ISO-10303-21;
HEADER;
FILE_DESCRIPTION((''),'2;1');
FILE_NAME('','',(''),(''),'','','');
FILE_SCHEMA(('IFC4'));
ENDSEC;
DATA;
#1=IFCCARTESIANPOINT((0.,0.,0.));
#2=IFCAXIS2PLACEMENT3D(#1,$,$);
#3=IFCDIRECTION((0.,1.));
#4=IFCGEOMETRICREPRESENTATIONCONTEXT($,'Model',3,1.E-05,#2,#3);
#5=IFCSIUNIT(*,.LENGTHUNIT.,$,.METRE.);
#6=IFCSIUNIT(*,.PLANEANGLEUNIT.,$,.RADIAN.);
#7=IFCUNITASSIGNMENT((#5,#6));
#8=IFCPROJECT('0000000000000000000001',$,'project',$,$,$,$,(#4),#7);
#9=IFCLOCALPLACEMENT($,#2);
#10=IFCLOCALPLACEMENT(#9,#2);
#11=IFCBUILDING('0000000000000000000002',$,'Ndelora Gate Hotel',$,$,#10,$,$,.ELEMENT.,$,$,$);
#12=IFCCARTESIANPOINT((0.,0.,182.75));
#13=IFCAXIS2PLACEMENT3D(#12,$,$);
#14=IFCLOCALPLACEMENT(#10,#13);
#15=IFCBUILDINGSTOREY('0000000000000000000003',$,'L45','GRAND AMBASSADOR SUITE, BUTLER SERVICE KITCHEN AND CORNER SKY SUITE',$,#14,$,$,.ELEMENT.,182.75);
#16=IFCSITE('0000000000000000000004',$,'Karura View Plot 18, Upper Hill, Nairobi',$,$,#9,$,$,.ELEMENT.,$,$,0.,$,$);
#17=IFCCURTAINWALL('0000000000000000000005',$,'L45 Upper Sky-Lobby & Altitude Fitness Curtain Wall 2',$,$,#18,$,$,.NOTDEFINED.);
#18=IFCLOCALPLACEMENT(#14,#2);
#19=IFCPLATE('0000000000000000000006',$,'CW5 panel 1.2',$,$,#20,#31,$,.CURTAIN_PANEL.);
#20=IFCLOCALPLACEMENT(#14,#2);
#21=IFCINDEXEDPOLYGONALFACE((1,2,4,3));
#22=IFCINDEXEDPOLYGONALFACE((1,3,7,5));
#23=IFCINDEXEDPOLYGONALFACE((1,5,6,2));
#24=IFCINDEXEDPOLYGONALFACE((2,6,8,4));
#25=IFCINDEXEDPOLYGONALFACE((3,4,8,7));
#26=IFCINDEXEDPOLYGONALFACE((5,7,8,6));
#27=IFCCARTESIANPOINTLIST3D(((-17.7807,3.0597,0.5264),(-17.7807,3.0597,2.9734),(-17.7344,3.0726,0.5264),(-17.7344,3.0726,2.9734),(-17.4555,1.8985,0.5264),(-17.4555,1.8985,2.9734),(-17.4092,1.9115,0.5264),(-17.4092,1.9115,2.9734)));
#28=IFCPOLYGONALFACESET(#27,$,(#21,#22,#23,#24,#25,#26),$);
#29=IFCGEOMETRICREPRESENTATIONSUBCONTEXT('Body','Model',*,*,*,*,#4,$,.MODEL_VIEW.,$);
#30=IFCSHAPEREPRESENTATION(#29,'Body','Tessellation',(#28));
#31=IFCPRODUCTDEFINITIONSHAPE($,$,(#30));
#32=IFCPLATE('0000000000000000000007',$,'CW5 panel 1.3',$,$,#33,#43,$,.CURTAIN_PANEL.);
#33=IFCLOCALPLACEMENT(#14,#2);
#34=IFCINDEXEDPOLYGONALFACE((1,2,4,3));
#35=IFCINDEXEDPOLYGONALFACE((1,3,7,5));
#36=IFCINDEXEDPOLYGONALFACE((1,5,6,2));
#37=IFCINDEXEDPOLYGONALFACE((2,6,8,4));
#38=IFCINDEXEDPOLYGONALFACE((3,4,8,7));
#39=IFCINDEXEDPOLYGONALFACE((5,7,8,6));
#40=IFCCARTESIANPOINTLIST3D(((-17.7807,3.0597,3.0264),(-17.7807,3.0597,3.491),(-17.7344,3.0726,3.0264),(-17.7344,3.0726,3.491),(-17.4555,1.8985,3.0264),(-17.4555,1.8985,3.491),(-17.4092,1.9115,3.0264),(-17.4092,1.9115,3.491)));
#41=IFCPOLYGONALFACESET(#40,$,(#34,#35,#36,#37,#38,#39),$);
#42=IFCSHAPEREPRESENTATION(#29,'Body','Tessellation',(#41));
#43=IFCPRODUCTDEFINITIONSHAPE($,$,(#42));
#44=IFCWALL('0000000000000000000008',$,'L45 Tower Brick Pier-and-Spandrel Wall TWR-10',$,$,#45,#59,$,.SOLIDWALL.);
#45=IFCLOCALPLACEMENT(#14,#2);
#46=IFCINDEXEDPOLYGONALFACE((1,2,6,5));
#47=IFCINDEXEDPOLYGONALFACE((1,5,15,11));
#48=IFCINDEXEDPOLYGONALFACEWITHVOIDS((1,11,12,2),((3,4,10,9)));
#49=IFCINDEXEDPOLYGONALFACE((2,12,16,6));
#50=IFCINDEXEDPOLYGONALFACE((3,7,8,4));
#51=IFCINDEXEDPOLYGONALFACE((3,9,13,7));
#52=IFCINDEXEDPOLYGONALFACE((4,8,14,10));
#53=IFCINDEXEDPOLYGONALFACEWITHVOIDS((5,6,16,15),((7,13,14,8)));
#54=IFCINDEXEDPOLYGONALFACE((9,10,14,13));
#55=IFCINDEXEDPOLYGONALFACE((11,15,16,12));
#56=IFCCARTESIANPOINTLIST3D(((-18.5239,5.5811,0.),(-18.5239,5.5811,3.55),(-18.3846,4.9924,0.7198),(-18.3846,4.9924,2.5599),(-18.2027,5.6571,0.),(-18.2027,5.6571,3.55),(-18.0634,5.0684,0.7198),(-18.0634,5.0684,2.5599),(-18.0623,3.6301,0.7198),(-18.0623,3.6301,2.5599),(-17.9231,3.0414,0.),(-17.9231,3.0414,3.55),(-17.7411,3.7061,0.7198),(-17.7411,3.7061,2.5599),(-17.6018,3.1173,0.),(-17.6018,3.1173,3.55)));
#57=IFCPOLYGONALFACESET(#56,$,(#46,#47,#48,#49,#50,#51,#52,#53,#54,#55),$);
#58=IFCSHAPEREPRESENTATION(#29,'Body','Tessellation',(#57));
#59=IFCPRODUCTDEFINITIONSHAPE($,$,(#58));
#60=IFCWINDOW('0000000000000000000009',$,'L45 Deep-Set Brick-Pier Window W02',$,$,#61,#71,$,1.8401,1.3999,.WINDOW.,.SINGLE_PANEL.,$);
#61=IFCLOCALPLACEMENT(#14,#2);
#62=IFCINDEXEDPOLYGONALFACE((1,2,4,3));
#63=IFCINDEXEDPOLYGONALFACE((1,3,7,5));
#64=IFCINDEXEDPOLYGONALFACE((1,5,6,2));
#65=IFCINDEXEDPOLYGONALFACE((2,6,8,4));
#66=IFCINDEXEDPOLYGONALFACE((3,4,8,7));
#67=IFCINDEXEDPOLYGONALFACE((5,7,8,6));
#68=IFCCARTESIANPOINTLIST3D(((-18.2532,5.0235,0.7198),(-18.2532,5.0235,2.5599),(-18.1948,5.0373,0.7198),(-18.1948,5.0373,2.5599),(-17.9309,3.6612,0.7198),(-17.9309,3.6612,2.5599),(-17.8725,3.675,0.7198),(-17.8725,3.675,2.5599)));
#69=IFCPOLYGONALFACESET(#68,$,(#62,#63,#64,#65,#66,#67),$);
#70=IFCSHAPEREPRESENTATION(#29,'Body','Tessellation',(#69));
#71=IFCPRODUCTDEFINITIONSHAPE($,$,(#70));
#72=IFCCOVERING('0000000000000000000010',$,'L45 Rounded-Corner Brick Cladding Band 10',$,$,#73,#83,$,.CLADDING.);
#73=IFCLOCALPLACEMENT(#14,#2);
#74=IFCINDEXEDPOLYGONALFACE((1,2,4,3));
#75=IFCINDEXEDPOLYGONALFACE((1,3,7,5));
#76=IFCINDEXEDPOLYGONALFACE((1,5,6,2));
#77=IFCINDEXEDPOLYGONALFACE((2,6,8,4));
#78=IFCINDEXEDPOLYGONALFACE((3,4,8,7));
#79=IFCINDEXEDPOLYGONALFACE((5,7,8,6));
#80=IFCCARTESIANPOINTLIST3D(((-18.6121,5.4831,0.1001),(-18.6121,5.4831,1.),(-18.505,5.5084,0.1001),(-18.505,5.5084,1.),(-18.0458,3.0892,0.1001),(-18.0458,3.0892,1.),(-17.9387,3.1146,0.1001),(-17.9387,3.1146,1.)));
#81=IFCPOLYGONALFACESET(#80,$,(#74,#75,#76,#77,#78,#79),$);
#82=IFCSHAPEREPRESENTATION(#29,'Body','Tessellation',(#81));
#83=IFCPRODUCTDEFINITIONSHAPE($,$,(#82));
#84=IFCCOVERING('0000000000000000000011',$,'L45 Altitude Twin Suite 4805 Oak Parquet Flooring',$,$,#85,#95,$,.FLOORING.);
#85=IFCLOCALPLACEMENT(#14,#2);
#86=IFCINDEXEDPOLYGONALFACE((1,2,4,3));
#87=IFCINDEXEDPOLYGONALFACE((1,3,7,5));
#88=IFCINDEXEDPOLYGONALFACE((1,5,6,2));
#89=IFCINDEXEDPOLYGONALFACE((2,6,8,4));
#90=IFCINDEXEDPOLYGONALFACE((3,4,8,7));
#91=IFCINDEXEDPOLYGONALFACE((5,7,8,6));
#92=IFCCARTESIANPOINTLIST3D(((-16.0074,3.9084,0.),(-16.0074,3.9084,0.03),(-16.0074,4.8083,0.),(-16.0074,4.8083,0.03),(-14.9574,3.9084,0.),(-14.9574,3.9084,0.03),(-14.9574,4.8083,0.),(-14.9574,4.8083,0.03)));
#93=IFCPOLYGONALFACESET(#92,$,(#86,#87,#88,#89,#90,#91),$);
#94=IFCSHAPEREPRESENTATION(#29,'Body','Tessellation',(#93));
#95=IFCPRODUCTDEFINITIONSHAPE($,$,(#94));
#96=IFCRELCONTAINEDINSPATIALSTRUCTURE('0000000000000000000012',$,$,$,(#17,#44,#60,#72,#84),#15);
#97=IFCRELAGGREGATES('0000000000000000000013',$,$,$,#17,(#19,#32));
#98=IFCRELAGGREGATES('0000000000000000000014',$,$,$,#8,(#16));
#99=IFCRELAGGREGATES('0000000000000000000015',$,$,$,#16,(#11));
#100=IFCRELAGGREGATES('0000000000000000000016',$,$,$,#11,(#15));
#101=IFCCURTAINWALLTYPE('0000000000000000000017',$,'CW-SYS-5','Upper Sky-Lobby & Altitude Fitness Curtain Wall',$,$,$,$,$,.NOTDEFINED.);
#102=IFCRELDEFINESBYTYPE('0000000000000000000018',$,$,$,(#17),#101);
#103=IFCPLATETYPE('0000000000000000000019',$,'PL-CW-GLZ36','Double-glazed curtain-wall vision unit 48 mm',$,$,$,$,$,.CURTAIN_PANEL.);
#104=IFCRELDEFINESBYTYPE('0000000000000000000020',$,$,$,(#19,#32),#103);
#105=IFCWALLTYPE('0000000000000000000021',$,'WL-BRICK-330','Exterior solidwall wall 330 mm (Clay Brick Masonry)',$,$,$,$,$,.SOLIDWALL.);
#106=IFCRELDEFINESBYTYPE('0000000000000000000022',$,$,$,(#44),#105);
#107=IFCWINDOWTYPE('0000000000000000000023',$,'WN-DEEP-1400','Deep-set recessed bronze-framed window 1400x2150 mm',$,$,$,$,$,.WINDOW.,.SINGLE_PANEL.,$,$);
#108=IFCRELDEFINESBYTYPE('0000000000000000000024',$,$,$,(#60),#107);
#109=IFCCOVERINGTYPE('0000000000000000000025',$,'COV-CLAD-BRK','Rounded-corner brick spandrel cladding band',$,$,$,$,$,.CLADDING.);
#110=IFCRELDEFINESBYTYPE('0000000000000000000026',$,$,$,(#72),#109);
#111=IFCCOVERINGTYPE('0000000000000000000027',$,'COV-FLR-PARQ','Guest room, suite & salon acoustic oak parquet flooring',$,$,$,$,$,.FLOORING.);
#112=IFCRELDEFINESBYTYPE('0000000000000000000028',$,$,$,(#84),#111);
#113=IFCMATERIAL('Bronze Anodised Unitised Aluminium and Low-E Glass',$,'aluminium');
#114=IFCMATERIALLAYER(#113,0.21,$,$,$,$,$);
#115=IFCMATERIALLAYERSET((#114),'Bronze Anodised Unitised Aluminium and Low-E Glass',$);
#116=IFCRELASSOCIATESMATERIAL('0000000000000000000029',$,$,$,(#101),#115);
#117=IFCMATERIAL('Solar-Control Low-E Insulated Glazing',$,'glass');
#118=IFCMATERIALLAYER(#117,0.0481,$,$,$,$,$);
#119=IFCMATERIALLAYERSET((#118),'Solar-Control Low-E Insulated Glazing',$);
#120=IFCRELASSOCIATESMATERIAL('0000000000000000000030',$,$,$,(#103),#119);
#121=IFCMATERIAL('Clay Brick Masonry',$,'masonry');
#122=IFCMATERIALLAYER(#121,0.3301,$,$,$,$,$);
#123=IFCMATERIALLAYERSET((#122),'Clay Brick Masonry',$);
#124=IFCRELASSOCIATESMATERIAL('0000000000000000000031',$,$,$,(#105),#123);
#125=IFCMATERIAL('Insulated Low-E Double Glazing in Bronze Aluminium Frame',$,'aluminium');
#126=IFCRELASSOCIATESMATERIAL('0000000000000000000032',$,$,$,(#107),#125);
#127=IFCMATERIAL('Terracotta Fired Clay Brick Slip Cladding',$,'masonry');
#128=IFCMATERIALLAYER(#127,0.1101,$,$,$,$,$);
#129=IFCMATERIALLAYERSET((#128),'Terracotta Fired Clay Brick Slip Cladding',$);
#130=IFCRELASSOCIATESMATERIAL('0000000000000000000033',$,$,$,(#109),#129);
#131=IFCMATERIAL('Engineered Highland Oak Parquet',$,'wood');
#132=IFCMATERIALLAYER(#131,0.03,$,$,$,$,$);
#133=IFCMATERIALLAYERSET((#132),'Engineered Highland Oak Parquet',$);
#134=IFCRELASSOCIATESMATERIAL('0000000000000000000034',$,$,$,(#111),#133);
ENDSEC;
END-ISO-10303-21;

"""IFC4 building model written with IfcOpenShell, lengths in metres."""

from ifc_helpers import new_model, si_unit, direction, frame, frame_2d, origin, origin_2d, place, context, subcontext, project, spatial, rectangle, extrude, material, layer, layer_set, type_object, element, fill, aggregate, save


model = new_model("IFC4")

# Units and contexts
model_context = context("Model", 3, precision=1e-05, world=origin(), true_north=direction((0.0, 1.0)))
body_context = subcontext(model_context, "Body", "Model", "MODEL_VIEW")
ifc_project = project(units=[si_unit("LENGTHUNIT", "METRE"), si_unit("PLANEANGLEUNIT", "RADIAN")], contexts=[model_context])

# Site, building, storey
site_placement = place(None, origin())
site = spatial("IfcSite", under=ifc_project, at=site_placement, Name="Karura View Plot 18, Upper Hill, Nairobi", CompositionType="ELEMENT", RefElevation=0.0)
building_placement = place(site_placement, origin())
building = spatial("IfcBuilding", under=site, at=building_placement, Name="Ndelora Gate Hotel", CompositionType="ELEMENT")
storey_placement = place(building_placement, frame((0.0, 0.0, 182.75)))
storey = spatial("IfcBuildingStorey", under=building, at=storey_placement, Name="L45", Description="GRAND AMBASSADOR SUITE, BUTLER SERVICE KITCHEN AND CORNER SKY SUITE", CompositionType="ELEMENT", Elevation=182.75)

# Curtain wall
ifc_material_1 = material(Name="Bronze Anodised Unitised Aluminium and Low-E Glass", Category="aluminium")
ifc_layer_1 = layer(ifc_material_1, 0.21)
ifc_layer_set_1 = layer_set([ifc_layer_1], Name="Bronze Anodised Unitised Aluminium and Low-E Glass")
curtain_wall_type = type_object("IfcCurtainWallType", Name="CW-SYS-5", Description="Upper Sky-Lobby & Altitude Fitness Curtain Wall", PredefinedType="NOTDEFINED", material=ifc_layer_set_1)
curtain_wall_1_placement = place(storey_placement, origin())
curtain_wall_1 = element("IfcCurtainWall", 1, at=curtain_wall_1_placement, inside=storey, type_object=curtain_wall_type, Name="L45 Upper Sky-Lobby & Altitude Fitness Curtain Wall 2", PredefinedType="NOTDEFINED")

# Plates
ifc_material_2 = material(Name="Solar-Control Low-E Insulated Glazing", Category="glass")
ifc_layer_2 = layer(ifc_material_2, 0.0481)
ifc_layer_set_2 = layer_set([ifc_layer_2], Name="Solar-Control Low-E Insulated Glazing")
plate_type = type_object("IfcPlateType", Name="PL-CW-GLZ36", Description="Double-glazed curtain-wall vision unit 48 mm", PredefinedType="CURTAIN_PANEL", material=ifc_layer_set_2)
plate_1_placement = place(storey_placement, frame((-17.595, 2.4856, 0.5264), z_axis=(0.0, 0.0, 1.0), x_axis=(0.26968, -0.96295, 0.0)))
plate_1 = element("IfcPlate", 2, at=plate_1_placement, type_object=plate_type, Name="CW5 panel 1.2", PredefinedType="CURTAIN_PANEL", context=body_context, shape_type="SweptSolid", body=[
    extrude(rectangle(XDim=1.2058, YDim=0.0481, at=origin_2d()), origin(), (0.0, 0.0, 1.0), 2.447),
])
plate_2_placement = place(storey_placement, frame((-17.595, 2.4856, 3.0264), z_axis=(0.0, 0.0, 1.0), x_axis=(0.26968, -0.96295, 0.0)))
plate_2 = element("IfcPlate", 3, at=plate_2_placement, type_object=plate_type, Name="CW5 panel 1.3", PredefinedType="CURTAIN_PANEL", context=body_context, shape_type="SweptSolid", body=[
    extrude(rectangle(XDim=1.2058, YDim=0.0481, at=origin_2d()), origin(), (0.0, 0.0, 1.0), 0.4646),
])
aggregate(curtain_wall_1, [plate_1, plate_2])

# Wall, opening, window
ifc_material_3 = material(Name="Clay Brick Masonry", Category="masonry")
ifc_layer_3 = layer(ifc_material_3, 0.3301)
ifc_layer_set_3 = layer_set([ifc_layer_3], Name="Clay Brick Masonry")
wall_type = type_object("IfcWallType", Name="WL-BRICK-330", Description="Exterior solidwall wall 330 mm (Clay Brick Masonry)", PredefinedType="SOLIDWALL", material=ifc_layer_set_3)
wall_placement = place(storey_placement, frame((-17.7625, 3.0793, 0.0), z_axis=(0.0, 0.0, 1.0), x_axis=(-0.230212, 0.97314, 0.0)))
wall = element("IfcWall", 4, at=wall_placement, inside=storey, type_object=wall_type, Name="L45 Tower Brick Pier-and-Spandrel Wall TWR-10", PredefinedType="SOLIDWALL", context=body_context, shape_type="SweptSolid", body=[
    extrude(rectangle(XDim=2.6099, YDim=0.3301, at=frame_2d((1.3049, 0.0))), origin(), (0.0, 0.0, 1.0), 3.55),
])
opening_placement = place(wall_placement, frame((0.605, 0.0, 0.72)))
opening = element("IfcOpeningElement", 5, at=opening_placement, cuts=wall, PredefinedType="OPENING", context=body_context, shape_type="SweptSolid", body=[
    extrude(rectangle(XDim=1.3999, YDim=1.8401, at=frame_2d((0.7, 0.9199))), frame((0.0, 0.175, 0.0), z_axis=(0.0, -1.0, 0.0), x_axis=(1.0, 0.0, 0.0)), (0.0, 0.0, 1.0), 0.3501),
])
ifc_material_4 = material(Name="Insulated Low-E Double Glazing in Bronze Aluminium Frame", Category="aluminium")
window_type = type_object("IfcWindowType", Name="WN-DEEP-1400", Description="Deep-set recessed bronze-framed window 1400x2150 mm", PartitioningType="SINGLE_PANEL", PredefinedType="WINDOW", material=ifc_material_4)
window_placement = place(opening_placement, origin())
window = element("IfcWindow", 6, at=window_placement, inside=storey, type_object=window_type, Name="L45 Deep-Set Brick-Pier Window W02", OverallHeight=1.8401, OverallWidth=1.3999, PartitioningType="SINGLE_PANEL", PredefinedType="WINDOW", context=body_context, shape_type="SweptSolid", body=[
    extrude(rectangle(XDim=1.3999, YDim=1.8401, at=frame_2d((0.7, 0.9199))), frame((0.0, 0.03, 0.0), z_axis=(0.0, -1.0, 0.0), x_axis=(1.0, 0.0, 0.0)), (0.0, 0.0, 1.0), 0.0601),
])
fill(opening, window)

# Coverings
ifc_material_5 = material(Name="Terracotta Fired Clay Brick Slip Cladding", Category="masonry")
ifc_layer_4 = layer(ifc_material_5, 0.1101)
ifc_layer_set_4 = layer_set([ifc_layer_4], Name="Terracotta Fired Clay Brick Slip Cladding")
covering_type_1 = type_object("IfcCoveringType", Name="COV-CLAD-BRK", Description="Rounded-corner brick spandrel cladding band", PredefinedType="CLADDING", material=ifc_layer_set_4)
covering_1_placement = place(storey_placement, frame((-18.2754, 4.2988, 0.1001), z_axis=(0.0, 0.0, 1.0), x_axis=(-0.23022, 0.973139, 0.0)))
element("IfcCovering", 7, at=covering_1_placement, inside=storey, type_object=covering_type_1, Name="L45 Rounded-Corner Brick Cladding Band 10", PredefinedType="CLADDING", context=body_context, shape_type="SweptSolid", body=[
    extrude(rectangle(XDim=2.46, YDim=0.1101, at=origin_2d()), origin(), (0.0, 0.0, 1.0), 0.8999),
])
ifc_material_6 = material(Name="Engineered Highland Oak Parquet", Category="wood")
ifc_layer_5 = layer(ifc_material_6, 0.03)
ifc_layer_set_5 = layer_set([ifc_layer_5], Name="Engineered Highland Oak Parquet")
covering_type_2 = type_object("IfcCoveringType", Name="COV-FLR-PARQ", Description="Guest room, suite & salon acoustic oak parquet flooring", PredefinedType="FLOORING", material=ifc_layer_set_5)
covering_2_placement = place(storey_placement, frame((-15.4824, 4.3584, 0.0), z_axis=(0.0, 0.0, 1.0), x_axis=(1.0, 0.0, 0.0)))
element("IfcCovering", 8, at=covering_2_placement, inside=storey, type_object=covering_type_2, Name="L45 Altitude Twin Suite 4805 Oak Parquet Flooring", PredefinedType="FLOORING", context=body_context, shape_type="SweptSolid", body=[
    extrude(rectangle(XDim=1.05, YDim=0.8999, at=origin_2d()), origin(), (0.0, 0.0, 1.0), 0.03),
])

save(model, "model.ifc")
